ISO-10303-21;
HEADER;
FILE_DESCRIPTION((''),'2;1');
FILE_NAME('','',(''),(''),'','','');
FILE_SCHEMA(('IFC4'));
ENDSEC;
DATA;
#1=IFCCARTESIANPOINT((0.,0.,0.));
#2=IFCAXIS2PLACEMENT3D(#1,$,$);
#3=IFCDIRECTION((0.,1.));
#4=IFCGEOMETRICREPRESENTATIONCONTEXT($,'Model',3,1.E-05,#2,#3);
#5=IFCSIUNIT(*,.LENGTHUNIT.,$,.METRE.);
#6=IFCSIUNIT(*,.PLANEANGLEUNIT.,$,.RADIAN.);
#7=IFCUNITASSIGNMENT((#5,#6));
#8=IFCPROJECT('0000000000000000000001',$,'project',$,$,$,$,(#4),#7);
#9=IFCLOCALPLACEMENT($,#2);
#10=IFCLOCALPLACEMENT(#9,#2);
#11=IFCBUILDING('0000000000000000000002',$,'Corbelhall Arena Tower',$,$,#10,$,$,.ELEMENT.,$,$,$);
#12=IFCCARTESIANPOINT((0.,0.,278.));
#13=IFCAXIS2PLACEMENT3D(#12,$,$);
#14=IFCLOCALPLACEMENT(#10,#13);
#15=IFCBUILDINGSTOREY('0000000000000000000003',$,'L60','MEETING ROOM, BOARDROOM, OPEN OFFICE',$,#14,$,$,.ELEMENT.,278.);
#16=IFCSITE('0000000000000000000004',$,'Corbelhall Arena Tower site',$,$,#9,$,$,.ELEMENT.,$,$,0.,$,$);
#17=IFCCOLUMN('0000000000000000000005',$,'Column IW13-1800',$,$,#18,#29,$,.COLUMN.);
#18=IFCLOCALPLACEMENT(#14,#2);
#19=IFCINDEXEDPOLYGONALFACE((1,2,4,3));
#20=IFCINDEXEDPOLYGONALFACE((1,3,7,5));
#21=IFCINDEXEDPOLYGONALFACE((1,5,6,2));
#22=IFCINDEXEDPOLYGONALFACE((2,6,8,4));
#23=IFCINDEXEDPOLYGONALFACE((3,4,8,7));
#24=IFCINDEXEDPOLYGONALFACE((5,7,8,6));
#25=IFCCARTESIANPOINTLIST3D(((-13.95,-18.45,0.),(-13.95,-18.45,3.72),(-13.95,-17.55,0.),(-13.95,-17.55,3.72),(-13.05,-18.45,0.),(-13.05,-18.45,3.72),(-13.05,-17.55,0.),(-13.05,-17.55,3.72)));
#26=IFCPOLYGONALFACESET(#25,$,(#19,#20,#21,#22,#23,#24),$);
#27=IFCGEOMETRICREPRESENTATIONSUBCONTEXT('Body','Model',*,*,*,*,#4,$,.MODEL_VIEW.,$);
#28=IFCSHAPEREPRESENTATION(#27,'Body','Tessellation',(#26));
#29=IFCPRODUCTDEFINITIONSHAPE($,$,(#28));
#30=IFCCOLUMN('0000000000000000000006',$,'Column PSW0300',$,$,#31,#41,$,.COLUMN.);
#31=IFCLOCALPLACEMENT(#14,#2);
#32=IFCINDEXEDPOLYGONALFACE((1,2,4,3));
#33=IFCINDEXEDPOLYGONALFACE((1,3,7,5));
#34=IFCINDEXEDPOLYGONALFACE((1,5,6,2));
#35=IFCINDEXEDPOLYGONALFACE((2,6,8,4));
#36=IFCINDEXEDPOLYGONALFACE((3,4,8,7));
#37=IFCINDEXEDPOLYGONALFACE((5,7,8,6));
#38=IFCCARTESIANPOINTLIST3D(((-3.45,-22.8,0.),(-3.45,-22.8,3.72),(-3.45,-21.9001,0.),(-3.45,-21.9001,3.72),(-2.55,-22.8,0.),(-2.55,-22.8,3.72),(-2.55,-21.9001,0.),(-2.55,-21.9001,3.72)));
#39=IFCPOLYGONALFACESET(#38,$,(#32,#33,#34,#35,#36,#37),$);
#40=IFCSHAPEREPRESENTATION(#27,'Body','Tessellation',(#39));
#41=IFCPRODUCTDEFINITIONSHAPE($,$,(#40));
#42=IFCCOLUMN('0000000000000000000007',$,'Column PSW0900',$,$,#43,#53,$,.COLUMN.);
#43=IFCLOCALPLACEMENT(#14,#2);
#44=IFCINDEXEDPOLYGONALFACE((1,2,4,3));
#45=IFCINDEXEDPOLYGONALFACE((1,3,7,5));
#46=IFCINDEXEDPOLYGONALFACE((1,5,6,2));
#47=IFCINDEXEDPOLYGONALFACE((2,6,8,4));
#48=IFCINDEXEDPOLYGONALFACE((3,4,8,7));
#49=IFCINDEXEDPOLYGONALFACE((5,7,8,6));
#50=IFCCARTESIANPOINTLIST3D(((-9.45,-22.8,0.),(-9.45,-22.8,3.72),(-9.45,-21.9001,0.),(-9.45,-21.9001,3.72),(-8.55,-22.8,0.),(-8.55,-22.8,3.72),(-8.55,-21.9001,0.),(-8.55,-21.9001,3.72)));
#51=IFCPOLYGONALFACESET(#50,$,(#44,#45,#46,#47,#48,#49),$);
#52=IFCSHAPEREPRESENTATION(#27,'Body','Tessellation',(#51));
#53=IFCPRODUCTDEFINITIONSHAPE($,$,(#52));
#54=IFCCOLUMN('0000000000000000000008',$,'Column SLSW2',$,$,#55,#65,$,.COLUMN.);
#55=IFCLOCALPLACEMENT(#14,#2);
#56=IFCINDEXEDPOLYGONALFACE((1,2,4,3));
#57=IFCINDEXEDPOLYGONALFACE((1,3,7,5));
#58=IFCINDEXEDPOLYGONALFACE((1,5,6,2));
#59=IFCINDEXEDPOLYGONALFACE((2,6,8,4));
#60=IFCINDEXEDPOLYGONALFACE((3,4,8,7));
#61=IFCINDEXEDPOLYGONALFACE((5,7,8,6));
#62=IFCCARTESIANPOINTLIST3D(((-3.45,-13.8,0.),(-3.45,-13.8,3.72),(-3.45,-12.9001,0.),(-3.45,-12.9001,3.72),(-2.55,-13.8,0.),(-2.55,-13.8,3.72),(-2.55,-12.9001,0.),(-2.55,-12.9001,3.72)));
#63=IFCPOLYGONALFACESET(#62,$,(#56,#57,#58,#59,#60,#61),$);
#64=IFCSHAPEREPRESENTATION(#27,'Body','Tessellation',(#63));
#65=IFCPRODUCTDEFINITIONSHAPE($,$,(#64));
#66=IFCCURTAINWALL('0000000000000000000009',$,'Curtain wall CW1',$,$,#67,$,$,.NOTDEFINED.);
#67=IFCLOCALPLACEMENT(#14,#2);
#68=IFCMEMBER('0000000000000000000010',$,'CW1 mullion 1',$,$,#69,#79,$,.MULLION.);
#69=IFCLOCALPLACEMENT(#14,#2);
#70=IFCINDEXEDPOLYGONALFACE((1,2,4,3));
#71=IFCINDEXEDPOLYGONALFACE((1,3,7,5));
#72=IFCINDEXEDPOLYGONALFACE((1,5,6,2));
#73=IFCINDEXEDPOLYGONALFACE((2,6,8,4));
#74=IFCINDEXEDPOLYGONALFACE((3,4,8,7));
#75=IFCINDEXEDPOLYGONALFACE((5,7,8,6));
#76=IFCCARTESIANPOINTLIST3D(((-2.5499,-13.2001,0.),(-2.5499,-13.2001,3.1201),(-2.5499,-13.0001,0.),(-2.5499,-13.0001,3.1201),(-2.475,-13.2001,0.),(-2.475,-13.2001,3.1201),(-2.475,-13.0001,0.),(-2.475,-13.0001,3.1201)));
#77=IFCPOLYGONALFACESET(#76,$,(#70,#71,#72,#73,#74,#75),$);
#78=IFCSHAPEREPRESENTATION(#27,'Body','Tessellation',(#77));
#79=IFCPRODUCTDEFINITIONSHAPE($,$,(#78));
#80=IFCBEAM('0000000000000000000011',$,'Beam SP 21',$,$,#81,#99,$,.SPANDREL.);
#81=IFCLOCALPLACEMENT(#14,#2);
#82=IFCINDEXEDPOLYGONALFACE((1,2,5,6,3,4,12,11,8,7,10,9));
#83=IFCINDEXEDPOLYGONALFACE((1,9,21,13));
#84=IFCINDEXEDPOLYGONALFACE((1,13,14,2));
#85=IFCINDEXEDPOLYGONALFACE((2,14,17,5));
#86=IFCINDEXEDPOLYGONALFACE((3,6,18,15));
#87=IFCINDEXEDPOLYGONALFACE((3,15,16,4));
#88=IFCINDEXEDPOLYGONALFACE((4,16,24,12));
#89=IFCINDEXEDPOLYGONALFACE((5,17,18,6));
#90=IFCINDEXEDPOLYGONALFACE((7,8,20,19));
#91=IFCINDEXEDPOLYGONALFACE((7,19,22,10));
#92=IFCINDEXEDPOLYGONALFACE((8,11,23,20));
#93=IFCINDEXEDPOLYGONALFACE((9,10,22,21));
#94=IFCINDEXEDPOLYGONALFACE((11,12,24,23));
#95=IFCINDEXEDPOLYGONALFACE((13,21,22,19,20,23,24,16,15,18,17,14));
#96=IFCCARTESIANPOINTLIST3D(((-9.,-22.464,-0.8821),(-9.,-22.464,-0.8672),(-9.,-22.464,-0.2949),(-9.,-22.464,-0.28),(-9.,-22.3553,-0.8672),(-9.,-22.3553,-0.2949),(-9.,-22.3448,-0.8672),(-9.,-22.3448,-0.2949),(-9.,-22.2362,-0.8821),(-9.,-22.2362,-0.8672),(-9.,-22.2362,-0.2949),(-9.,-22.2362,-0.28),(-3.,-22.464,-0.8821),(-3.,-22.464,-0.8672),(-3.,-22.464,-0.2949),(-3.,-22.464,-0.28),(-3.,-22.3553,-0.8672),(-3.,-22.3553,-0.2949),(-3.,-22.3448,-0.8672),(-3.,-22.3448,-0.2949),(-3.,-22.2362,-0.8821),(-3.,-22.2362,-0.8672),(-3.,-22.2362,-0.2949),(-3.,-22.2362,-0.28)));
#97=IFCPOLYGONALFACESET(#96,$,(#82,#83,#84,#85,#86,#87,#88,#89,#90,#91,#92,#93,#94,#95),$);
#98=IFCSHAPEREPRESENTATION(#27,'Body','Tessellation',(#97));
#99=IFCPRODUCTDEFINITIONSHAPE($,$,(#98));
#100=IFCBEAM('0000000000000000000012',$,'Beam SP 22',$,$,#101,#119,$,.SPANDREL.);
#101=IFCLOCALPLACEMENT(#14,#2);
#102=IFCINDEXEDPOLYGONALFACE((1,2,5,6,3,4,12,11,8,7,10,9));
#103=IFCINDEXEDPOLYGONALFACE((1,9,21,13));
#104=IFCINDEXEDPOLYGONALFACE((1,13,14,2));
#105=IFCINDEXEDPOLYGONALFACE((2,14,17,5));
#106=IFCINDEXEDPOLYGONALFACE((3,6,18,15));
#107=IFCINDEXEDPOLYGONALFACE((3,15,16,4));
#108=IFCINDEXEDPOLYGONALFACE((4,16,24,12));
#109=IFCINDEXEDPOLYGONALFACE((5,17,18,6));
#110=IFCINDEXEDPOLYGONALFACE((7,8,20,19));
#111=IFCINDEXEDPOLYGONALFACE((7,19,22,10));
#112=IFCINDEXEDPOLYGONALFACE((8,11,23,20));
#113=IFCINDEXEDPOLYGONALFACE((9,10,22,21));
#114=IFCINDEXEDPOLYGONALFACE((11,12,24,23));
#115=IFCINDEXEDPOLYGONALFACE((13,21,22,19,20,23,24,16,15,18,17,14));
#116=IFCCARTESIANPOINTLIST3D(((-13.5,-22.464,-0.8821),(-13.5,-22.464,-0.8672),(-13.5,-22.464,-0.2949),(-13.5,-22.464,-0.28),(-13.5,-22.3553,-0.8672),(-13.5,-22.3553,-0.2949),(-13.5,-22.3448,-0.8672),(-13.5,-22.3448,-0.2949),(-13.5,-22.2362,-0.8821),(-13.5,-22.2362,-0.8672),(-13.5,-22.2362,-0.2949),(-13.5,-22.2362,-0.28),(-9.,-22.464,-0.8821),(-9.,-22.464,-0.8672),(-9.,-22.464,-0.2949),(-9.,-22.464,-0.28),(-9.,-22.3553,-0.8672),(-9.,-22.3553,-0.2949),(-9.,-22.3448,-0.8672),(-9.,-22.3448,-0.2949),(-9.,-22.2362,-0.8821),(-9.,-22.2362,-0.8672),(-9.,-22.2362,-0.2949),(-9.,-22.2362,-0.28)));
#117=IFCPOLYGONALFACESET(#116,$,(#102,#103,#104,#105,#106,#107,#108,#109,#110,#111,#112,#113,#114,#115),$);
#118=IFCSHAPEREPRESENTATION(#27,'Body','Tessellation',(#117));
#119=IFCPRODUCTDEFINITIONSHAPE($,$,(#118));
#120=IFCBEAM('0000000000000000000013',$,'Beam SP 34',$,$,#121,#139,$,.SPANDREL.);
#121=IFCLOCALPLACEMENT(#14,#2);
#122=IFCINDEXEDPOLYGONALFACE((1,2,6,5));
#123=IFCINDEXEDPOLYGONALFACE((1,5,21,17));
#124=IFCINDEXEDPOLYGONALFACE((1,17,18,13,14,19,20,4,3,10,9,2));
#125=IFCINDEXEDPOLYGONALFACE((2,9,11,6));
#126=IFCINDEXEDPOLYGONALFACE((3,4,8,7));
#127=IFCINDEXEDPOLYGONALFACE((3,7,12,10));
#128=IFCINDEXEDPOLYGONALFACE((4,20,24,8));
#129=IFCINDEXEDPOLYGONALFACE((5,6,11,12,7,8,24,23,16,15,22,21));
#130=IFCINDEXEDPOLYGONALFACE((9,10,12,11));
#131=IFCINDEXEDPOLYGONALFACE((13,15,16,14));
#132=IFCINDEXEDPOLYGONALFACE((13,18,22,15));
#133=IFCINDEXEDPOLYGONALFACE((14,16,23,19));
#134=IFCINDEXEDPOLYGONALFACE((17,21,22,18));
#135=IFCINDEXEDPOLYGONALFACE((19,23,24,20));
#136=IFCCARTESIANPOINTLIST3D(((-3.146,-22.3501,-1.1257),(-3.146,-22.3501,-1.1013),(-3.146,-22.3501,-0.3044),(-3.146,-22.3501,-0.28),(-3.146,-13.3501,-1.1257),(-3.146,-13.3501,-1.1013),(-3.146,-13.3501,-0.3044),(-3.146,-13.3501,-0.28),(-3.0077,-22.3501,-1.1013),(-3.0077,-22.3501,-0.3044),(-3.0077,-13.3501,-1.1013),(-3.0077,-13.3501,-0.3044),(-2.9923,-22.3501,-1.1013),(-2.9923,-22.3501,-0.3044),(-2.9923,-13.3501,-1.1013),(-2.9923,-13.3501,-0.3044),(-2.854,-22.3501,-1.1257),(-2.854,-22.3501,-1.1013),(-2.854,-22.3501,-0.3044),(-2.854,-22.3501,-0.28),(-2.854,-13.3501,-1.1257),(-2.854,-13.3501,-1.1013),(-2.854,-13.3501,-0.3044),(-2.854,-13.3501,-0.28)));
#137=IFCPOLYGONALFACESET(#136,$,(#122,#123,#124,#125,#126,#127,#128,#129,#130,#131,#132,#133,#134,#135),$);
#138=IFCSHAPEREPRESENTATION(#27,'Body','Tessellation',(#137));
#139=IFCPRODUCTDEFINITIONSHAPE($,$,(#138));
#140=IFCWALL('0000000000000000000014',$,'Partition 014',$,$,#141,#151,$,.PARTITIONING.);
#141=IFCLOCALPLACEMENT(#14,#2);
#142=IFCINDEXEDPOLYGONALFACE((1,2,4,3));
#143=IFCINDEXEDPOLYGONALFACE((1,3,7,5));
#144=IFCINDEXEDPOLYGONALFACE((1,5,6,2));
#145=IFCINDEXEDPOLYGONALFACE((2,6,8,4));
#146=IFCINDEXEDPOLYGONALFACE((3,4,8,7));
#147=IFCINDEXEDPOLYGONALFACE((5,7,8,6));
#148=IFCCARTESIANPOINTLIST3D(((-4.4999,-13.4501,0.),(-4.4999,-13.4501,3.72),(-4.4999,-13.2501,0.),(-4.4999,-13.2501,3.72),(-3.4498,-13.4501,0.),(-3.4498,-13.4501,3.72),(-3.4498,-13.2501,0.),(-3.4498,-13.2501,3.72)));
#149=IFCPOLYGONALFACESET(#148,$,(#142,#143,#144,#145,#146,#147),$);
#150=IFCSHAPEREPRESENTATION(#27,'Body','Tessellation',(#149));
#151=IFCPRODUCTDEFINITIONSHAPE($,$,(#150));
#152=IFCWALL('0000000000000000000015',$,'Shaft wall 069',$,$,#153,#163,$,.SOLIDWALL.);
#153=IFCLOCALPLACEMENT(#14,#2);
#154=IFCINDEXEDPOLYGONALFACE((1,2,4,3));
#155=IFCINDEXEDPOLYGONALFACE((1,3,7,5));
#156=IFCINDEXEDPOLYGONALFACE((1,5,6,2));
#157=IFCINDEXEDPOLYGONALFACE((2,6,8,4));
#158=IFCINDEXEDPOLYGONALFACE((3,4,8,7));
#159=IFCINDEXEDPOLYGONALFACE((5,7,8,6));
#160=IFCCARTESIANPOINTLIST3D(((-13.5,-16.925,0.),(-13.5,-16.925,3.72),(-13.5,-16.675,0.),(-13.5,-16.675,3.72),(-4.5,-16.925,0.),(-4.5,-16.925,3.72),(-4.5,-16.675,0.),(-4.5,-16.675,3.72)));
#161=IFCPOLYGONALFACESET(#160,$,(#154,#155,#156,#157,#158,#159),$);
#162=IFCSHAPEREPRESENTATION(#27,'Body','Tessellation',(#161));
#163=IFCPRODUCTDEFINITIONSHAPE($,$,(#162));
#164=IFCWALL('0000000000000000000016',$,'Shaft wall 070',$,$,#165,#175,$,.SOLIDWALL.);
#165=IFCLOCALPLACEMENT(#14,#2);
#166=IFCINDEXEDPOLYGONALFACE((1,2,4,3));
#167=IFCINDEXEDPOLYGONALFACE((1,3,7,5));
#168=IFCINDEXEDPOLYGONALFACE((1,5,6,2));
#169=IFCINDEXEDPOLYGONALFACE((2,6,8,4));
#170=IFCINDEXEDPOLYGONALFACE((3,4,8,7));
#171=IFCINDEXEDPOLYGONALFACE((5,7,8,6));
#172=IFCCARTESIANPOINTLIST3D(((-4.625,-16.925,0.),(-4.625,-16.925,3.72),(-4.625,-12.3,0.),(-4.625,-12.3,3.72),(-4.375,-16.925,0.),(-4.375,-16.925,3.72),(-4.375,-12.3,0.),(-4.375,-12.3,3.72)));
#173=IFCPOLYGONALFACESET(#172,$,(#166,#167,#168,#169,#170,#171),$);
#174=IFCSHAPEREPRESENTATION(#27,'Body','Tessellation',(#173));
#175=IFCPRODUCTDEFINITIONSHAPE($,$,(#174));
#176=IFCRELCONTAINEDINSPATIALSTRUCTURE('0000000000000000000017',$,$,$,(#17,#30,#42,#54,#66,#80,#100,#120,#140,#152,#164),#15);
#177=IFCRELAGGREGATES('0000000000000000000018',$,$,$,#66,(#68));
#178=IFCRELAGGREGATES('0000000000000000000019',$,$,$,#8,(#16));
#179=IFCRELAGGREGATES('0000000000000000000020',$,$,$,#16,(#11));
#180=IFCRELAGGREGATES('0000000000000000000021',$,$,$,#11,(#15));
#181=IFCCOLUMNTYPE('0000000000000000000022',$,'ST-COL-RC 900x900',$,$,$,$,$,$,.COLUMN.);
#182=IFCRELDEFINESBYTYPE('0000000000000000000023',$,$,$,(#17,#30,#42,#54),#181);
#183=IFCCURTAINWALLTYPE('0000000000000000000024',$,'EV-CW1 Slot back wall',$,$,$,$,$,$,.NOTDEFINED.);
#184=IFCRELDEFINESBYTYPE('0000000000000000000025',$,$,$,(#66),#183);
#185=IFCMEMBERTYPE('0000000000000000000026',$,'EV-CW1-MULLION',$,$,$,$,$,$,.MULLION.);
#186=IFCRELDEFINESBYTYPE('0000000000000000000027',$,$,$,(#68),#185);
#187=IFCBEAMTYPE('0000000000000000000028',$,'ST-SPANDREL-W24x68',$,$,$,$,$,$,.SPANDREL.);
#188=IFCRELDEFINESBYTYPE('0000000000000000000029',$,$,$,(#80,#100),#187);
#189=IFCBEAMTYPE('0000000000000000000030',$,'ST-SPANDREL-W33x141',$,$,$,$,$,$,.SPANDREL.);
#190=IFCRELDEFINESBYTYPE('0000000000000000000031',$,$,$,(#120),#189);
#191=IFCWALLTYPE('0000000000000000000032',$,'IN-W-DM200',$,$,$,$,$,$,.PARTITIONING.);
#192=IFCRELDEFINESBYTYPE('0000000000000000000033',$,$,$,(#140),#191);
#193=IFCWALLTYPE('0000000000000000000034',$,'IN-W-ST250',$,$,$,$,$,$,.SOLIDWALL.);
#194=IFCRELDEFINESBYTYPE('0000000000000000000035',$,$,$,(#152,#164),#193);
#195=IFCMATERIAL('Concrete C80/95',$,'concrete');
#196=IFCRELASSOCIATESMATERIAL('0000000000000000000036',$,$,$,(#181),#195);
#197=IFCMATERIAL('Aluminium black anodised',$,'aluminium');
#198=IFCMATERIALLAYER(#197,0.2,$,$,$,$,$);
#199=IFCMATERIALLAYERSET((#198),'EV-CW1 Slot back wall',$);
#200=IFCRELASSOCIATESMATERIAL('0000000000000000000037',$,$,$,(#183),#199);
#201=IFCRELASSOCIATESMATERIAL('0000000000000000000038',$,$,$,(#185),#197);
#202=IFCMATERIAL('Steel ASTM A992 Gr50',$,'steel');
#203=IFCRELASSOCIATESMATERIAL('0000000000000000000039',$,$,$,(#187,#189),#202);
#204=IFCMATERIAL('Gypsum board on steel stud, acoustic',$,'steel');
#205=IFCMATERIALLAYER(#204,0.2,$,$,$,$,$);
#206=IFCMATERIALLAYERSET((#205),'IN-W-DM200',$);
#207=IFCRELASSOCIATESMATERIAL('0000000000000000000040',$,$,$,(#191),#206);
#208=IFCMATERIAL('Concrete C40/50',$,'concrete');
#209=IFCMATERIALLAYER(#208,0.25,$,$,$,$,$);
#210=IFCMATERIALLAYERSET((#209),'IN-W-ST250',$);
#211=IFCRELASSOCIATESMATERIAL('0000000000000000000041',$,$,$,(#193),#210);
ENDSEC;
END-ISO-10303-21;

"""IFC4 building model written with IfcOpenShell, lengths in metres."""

from ifc_helpers import new_model, si_unit, direction, frame, frame_2d, origin, origin_2d, place, context, subcontext, project, spatial, rectangle, i_section, extrude, material, layer, layer_set, material_profile, profile_set, type_object, element, aggregate, save


model = new_model("IFC4")

# Units and contexts
model_context = context("Model", 3, precision=1e-05, world=origin(), true_north=direction((0.0, 1.0)))
body_context = subcontext(model_context, "Body", "Model", "MODEL_VIEW")
ifc_project = project(units=[si_unit("LENGTHUNIT", "METRE"), si_unit("PLANEANGLEUNIT", "RADIAN")], contexts=[model_context])

# Site, building, storey
site_placement = place(None, origin())
site = spatial("IfcSite", under=ifc_project, at=site_placement, Name="Corbelhall Arena Tower site", CompositionType="ELEMENT", RefElevation=0.0)
building_placement = place(site_placement, origin())
building = spatial("IfcBuilding", under=site, at=building_placement, Name="Corbelhall Arena Tower", CompositionType="ELEMENT")
storey_placement = place(building_placement, frame((0.0, 0.0, 278.0)))
storey = spatial("IfcBuildingStorey", under=building, at=storey_placement, Name="L60", Description="MEETING ROOM, BOARDROOM, OPEN OFFICE", CompositionType="ELEMENT", Elevation=278.0)

# Columns
ifc_material_1 = material(Name="Concrete C80/95", Category="concrete")
ifc_material_profile_1 = material_profile(ifc_material_1, rectangle(XDim=0.8999, YDim=0.8999, at=origin_2d()))
ifc_profile_set_1 = profile_set([ifc_material_profile_1], Name="Concrete C80/95")
column_type = type_object("IfcColumnType", Name="ST-COL-RC 900x900", PredefinedType="COLUMN", material=ifc_profile_set_1)
for number, where, z_axis, x_axis, name in (
    (1, (-13.5, -18.0, 0.0), (0.0, 0.0, 1.0), (1.0, 0.0, 0.0), "Column IW13-1800"),
    (2, (-3.0, -22.3501, 0.0), (0.0, 0.0, 1.0), (1.0, 0.0, 0.0), "Column PSW0300"),
    (3, (-9.0, -22.3501, 0.0), (0.0, 0.0, 1.0), (1.0, 0.0, 0.0), "Column PSW0900"),
    (4, (-3.0, -13.3501, 0.0), (0.0, 0.0, 1.0), (1.0, 0.0, 0.0), "Column SLSW2"),
):
    element("IfcColumn", number, at=place(storey_placement, frame(where, z_axis=z_axis, x_axis=x_axis)), inside=storey, type_object=column_type, Name=name, PredefinedType="COLUMN", context=body_context, shape_type="SweptSolid", body=[
        extrude(rectangle(XDim=0.8999, YDim=0.8999, at=origin_2d()), origin(), (0.0, 0.0, 1.0), 3.72),
    ])

# Curtain wall, member
ifc_material_2 = material(Name="Aluminium black anodised", Category="aluminium")
ifc_layer_1 = layer(ifc_material_2, 0.2)
ifc_layer_set_1 = layer_set([ifc_layer_1], Name="EV-CW1 Slot back wall")
curtain_wall_type = type_object("IfcCurtainWallType", Name="EV-CW1 Slot back wall", PredefinedType="NOTDEFINED", material=ifc_layer_set_1)
curtain_wall_placement = place(storey_placement, origin())
curtain_wall = element("IfcCurtainWall", 5, at=curtain_wall_placement, inside=storey, type_object=curtain_wall_type, Name="Curtain wall CW1", PredefinedType="NOTDEFINED")
ifc_material_profile_2 = material_profile(ifc_material_2, rectangle(XDim=0.2, YDim=0.075, at=origin_2d()))
ifc_profile_set_2 = profile_set([ifc_material_profile_2], Name="Aluminium black anodised")
member_type = type_object("IfcMemberType", Name="EV-CW1-MULLION", PredefinedType="MULLION", material=ifc_profile_set_2)
member_placement = place(storey_placement, frame((-2.5125, -13.1001, 0.0), z_axis=(0.0, 0.0, 1.0), x_axis=(0.0, 1.0, 0.0)))
member = element("IfcMember", 6, at=member_placement, type_object=member_type, Name="CW1 mullion 1", PredefinedType="MULLION", context=body_context, shape_type="SweptSolid", body=[
    extrude(rectangle(XDim=0.2, YDim=0.075, at=origin_2d()), origin(), (0.0, 0.0, 1.0), 3.1201),
])
aggregate(curtain_wall, [member])

# Beams
ifc_material_3 = material(Name="Steel ASTM A992 Gr50", Category="steel")
ifc_material_profile_3 = material_profile(ifc_material_3, i_section(OverallWidth=0.2278, OverallDepth=0.6021, WebThickness=0.0105, FlangeThickness=0.0149, at=origin_2d()))
ifc_profile_set_3 = profile_set([ifc_material_profile_3], Name="Steel ASTM A992 Gr50")
beam_type_1 = type_object("IfcBeamType", Name="ST-SPANDREL-W24x68", PredefinedType="SPANDREL", material=ifc_profile_set_3)
beam_1_placement = place(storey_placement, frame((-3.0, -22.3501, -0.5811), z_axis=(-1.0, 0.0, 0.0), x_axis=(0.0, -1.0, 0.0)))
element("IfcBeam", 7, at=beam_1_placement, inside=storey, type_object=beam_type_1, Name="Beam SP 21", PredefinedType="SPANDREL", context=body_context, shape_type="SweptSolid", body=[
    extrude(i_section(OverallWidth=0.2278, OverallDepth=0.6021, WebThickness=0.0105, FlangeThickness=0.0149, at=origin_2d()), origin(), (0.0, 0.0, 1.0), 6.0),
])
beam_2_placement = place(storey_placement, frame((-9.0, -22.3501, -0.5811), z_axis=(-1.0, 0.0, 0.0), x_axis=(0.0, -1.0, 0.0)))
element("IfcBeam", 8, at=beam_2_placement, inside=storey, type_object=beam_type_1, Name="Beam SP 22", PredefinedType="SPANDREL", context=body_context, shape_type="SweptSolid", body=[
    extrude(i_section(OverallWidth=0.2278, OverallDepth=0.6021, WebThickness=0.0105, FlangeThickness=0.0149, at=origin_2d()), origin(), (0.0, 0.0, 1.0), 4.5),
])
ifc_material_profile_4 = material_profile(ifc_material_3, i_section(OverallWidth=0.292, OverallDepth=0.8457, WebThickness=0.0154, FlangeThickness=0.0244, at=origin_2d()))
ifc_profile_set_4 = profile_set([ifc_material_profile_4], Name="Steel ASTM A992 Gr50")
beam_type_2 = type_object("IfcBeamType", Name="ST-SPANDREL-W33x141", PredefinedType="SPANDREL", material=ifc_profile_set_4)
beam_3_placement = place(storey_placement, frame((-3.0, -13.3501, -0.7029), z_axis=(0.0, -1.0, 0.0), x_axis=(1.0, 0.0, 0.0)))
element("IfcBeam", 9, at=beam_3_placement, inside=storey, type_object=beam_type_2, Name="Beam SP 34", PredefinedType="SPANDREL", context=body_context, shape_type="SweptSolid", body=[
    extrude(i_section(OverallWidth=0.292, OverallDepth=0.8457, WebThickness=0.0154, FlangeThickness=0.0244, at=origin_2d()), origin(), (0.0, 0.0, 1.0), 9.0),
])

# Shared definitions
ifc_material_4 = material(Name="Gypsum board on steel stud, acoustic", Category="steel")
ifc_layer_2 = layer(ifc_material_4, 0.2)
ifc_layer_set_2 = layer_set([ifc_layer_2], Name="IN-W-DM200")
wall_type_1 = type_object("IfcWallType", Name="IN-W-DM200", PredefinedType="PARTITIONING", material=ifc_layer_set_2)

# Walls
wall_1_placement = place(storey_placement, frame((-3.45, -13.3501, 0.0), z_axis=(0.0, 0.0, 1.0), x_axis=(-1.0, 0.0, 0.0)))
element("IfcWall", 10, at=wall_1_placement, inside=storey, type_object=wall_type_1, Name="Partition 014", PredefinedType="PARTITIONING", context=body_context, shape_type="SweptSolid", body=[
    extrude(rectangle(XDim=1.05, YDim=0.2, at=frame_2d((0.5249, 0.0))), origin(), (0.0, 0.0, 1.0), 3.72),
])
ifc_material_5 = material(Name="Concrete C40/50", Category="concrete")
ifc_layer_3 = layer(ifc_material_5, 0.25)
ifc_layer_set_3 = layer_set([ifc_layer_3], Name="IN-W-ST250")
wall_type_2 = type_object("IfcWallType", Name="IN-W-ST250", PredefinedType="SOLIDWALL", material=ifc_layer_set_3)
wall_2_placement = place(storey_placement, frame((-4.5, -16.8, 0.0), z_axis=(0.0, 0.0, 1.0), x_axis=(-1.0, 0.0, 0.0)))
element("IfcWall", 11, at=wall_2_placement, inside=storey, type_object=wall_type_2, Name="Shaft wall 069", PredefinedType="SOLIDWALL", context=body_context, shape_type="SweptSolid", body=[
    extrude(rectangle(XDim=9.0, YDim=0.25, at=frame_2d((4.5, 0.0))), origin(), (0.0, 0.0, 1.0), 3.72),
])
wall_3_placement = place(storey_placement, frame((-4.5, -12.3, 0.0), z_axis=(0.0, 0.0, 1.0), x_axis=(0.0, -1.0, 0.0)))
element("IfcWall", 12, at=wall_3_placement, inside=storey, type_object=wall_type_2, Name="Shaft wall 070", PredefinedType="SOLIDWALL", context=body_context, shape_type="SweptSolid", body=[
    extrude(rectangle(XDim=4.625, YDim=0.25, at=frame_2d((2.3125, 0.0))), origin(), (0.0, 0.0, 1.0), 3.72),
])

save(model, "model.ifc")
